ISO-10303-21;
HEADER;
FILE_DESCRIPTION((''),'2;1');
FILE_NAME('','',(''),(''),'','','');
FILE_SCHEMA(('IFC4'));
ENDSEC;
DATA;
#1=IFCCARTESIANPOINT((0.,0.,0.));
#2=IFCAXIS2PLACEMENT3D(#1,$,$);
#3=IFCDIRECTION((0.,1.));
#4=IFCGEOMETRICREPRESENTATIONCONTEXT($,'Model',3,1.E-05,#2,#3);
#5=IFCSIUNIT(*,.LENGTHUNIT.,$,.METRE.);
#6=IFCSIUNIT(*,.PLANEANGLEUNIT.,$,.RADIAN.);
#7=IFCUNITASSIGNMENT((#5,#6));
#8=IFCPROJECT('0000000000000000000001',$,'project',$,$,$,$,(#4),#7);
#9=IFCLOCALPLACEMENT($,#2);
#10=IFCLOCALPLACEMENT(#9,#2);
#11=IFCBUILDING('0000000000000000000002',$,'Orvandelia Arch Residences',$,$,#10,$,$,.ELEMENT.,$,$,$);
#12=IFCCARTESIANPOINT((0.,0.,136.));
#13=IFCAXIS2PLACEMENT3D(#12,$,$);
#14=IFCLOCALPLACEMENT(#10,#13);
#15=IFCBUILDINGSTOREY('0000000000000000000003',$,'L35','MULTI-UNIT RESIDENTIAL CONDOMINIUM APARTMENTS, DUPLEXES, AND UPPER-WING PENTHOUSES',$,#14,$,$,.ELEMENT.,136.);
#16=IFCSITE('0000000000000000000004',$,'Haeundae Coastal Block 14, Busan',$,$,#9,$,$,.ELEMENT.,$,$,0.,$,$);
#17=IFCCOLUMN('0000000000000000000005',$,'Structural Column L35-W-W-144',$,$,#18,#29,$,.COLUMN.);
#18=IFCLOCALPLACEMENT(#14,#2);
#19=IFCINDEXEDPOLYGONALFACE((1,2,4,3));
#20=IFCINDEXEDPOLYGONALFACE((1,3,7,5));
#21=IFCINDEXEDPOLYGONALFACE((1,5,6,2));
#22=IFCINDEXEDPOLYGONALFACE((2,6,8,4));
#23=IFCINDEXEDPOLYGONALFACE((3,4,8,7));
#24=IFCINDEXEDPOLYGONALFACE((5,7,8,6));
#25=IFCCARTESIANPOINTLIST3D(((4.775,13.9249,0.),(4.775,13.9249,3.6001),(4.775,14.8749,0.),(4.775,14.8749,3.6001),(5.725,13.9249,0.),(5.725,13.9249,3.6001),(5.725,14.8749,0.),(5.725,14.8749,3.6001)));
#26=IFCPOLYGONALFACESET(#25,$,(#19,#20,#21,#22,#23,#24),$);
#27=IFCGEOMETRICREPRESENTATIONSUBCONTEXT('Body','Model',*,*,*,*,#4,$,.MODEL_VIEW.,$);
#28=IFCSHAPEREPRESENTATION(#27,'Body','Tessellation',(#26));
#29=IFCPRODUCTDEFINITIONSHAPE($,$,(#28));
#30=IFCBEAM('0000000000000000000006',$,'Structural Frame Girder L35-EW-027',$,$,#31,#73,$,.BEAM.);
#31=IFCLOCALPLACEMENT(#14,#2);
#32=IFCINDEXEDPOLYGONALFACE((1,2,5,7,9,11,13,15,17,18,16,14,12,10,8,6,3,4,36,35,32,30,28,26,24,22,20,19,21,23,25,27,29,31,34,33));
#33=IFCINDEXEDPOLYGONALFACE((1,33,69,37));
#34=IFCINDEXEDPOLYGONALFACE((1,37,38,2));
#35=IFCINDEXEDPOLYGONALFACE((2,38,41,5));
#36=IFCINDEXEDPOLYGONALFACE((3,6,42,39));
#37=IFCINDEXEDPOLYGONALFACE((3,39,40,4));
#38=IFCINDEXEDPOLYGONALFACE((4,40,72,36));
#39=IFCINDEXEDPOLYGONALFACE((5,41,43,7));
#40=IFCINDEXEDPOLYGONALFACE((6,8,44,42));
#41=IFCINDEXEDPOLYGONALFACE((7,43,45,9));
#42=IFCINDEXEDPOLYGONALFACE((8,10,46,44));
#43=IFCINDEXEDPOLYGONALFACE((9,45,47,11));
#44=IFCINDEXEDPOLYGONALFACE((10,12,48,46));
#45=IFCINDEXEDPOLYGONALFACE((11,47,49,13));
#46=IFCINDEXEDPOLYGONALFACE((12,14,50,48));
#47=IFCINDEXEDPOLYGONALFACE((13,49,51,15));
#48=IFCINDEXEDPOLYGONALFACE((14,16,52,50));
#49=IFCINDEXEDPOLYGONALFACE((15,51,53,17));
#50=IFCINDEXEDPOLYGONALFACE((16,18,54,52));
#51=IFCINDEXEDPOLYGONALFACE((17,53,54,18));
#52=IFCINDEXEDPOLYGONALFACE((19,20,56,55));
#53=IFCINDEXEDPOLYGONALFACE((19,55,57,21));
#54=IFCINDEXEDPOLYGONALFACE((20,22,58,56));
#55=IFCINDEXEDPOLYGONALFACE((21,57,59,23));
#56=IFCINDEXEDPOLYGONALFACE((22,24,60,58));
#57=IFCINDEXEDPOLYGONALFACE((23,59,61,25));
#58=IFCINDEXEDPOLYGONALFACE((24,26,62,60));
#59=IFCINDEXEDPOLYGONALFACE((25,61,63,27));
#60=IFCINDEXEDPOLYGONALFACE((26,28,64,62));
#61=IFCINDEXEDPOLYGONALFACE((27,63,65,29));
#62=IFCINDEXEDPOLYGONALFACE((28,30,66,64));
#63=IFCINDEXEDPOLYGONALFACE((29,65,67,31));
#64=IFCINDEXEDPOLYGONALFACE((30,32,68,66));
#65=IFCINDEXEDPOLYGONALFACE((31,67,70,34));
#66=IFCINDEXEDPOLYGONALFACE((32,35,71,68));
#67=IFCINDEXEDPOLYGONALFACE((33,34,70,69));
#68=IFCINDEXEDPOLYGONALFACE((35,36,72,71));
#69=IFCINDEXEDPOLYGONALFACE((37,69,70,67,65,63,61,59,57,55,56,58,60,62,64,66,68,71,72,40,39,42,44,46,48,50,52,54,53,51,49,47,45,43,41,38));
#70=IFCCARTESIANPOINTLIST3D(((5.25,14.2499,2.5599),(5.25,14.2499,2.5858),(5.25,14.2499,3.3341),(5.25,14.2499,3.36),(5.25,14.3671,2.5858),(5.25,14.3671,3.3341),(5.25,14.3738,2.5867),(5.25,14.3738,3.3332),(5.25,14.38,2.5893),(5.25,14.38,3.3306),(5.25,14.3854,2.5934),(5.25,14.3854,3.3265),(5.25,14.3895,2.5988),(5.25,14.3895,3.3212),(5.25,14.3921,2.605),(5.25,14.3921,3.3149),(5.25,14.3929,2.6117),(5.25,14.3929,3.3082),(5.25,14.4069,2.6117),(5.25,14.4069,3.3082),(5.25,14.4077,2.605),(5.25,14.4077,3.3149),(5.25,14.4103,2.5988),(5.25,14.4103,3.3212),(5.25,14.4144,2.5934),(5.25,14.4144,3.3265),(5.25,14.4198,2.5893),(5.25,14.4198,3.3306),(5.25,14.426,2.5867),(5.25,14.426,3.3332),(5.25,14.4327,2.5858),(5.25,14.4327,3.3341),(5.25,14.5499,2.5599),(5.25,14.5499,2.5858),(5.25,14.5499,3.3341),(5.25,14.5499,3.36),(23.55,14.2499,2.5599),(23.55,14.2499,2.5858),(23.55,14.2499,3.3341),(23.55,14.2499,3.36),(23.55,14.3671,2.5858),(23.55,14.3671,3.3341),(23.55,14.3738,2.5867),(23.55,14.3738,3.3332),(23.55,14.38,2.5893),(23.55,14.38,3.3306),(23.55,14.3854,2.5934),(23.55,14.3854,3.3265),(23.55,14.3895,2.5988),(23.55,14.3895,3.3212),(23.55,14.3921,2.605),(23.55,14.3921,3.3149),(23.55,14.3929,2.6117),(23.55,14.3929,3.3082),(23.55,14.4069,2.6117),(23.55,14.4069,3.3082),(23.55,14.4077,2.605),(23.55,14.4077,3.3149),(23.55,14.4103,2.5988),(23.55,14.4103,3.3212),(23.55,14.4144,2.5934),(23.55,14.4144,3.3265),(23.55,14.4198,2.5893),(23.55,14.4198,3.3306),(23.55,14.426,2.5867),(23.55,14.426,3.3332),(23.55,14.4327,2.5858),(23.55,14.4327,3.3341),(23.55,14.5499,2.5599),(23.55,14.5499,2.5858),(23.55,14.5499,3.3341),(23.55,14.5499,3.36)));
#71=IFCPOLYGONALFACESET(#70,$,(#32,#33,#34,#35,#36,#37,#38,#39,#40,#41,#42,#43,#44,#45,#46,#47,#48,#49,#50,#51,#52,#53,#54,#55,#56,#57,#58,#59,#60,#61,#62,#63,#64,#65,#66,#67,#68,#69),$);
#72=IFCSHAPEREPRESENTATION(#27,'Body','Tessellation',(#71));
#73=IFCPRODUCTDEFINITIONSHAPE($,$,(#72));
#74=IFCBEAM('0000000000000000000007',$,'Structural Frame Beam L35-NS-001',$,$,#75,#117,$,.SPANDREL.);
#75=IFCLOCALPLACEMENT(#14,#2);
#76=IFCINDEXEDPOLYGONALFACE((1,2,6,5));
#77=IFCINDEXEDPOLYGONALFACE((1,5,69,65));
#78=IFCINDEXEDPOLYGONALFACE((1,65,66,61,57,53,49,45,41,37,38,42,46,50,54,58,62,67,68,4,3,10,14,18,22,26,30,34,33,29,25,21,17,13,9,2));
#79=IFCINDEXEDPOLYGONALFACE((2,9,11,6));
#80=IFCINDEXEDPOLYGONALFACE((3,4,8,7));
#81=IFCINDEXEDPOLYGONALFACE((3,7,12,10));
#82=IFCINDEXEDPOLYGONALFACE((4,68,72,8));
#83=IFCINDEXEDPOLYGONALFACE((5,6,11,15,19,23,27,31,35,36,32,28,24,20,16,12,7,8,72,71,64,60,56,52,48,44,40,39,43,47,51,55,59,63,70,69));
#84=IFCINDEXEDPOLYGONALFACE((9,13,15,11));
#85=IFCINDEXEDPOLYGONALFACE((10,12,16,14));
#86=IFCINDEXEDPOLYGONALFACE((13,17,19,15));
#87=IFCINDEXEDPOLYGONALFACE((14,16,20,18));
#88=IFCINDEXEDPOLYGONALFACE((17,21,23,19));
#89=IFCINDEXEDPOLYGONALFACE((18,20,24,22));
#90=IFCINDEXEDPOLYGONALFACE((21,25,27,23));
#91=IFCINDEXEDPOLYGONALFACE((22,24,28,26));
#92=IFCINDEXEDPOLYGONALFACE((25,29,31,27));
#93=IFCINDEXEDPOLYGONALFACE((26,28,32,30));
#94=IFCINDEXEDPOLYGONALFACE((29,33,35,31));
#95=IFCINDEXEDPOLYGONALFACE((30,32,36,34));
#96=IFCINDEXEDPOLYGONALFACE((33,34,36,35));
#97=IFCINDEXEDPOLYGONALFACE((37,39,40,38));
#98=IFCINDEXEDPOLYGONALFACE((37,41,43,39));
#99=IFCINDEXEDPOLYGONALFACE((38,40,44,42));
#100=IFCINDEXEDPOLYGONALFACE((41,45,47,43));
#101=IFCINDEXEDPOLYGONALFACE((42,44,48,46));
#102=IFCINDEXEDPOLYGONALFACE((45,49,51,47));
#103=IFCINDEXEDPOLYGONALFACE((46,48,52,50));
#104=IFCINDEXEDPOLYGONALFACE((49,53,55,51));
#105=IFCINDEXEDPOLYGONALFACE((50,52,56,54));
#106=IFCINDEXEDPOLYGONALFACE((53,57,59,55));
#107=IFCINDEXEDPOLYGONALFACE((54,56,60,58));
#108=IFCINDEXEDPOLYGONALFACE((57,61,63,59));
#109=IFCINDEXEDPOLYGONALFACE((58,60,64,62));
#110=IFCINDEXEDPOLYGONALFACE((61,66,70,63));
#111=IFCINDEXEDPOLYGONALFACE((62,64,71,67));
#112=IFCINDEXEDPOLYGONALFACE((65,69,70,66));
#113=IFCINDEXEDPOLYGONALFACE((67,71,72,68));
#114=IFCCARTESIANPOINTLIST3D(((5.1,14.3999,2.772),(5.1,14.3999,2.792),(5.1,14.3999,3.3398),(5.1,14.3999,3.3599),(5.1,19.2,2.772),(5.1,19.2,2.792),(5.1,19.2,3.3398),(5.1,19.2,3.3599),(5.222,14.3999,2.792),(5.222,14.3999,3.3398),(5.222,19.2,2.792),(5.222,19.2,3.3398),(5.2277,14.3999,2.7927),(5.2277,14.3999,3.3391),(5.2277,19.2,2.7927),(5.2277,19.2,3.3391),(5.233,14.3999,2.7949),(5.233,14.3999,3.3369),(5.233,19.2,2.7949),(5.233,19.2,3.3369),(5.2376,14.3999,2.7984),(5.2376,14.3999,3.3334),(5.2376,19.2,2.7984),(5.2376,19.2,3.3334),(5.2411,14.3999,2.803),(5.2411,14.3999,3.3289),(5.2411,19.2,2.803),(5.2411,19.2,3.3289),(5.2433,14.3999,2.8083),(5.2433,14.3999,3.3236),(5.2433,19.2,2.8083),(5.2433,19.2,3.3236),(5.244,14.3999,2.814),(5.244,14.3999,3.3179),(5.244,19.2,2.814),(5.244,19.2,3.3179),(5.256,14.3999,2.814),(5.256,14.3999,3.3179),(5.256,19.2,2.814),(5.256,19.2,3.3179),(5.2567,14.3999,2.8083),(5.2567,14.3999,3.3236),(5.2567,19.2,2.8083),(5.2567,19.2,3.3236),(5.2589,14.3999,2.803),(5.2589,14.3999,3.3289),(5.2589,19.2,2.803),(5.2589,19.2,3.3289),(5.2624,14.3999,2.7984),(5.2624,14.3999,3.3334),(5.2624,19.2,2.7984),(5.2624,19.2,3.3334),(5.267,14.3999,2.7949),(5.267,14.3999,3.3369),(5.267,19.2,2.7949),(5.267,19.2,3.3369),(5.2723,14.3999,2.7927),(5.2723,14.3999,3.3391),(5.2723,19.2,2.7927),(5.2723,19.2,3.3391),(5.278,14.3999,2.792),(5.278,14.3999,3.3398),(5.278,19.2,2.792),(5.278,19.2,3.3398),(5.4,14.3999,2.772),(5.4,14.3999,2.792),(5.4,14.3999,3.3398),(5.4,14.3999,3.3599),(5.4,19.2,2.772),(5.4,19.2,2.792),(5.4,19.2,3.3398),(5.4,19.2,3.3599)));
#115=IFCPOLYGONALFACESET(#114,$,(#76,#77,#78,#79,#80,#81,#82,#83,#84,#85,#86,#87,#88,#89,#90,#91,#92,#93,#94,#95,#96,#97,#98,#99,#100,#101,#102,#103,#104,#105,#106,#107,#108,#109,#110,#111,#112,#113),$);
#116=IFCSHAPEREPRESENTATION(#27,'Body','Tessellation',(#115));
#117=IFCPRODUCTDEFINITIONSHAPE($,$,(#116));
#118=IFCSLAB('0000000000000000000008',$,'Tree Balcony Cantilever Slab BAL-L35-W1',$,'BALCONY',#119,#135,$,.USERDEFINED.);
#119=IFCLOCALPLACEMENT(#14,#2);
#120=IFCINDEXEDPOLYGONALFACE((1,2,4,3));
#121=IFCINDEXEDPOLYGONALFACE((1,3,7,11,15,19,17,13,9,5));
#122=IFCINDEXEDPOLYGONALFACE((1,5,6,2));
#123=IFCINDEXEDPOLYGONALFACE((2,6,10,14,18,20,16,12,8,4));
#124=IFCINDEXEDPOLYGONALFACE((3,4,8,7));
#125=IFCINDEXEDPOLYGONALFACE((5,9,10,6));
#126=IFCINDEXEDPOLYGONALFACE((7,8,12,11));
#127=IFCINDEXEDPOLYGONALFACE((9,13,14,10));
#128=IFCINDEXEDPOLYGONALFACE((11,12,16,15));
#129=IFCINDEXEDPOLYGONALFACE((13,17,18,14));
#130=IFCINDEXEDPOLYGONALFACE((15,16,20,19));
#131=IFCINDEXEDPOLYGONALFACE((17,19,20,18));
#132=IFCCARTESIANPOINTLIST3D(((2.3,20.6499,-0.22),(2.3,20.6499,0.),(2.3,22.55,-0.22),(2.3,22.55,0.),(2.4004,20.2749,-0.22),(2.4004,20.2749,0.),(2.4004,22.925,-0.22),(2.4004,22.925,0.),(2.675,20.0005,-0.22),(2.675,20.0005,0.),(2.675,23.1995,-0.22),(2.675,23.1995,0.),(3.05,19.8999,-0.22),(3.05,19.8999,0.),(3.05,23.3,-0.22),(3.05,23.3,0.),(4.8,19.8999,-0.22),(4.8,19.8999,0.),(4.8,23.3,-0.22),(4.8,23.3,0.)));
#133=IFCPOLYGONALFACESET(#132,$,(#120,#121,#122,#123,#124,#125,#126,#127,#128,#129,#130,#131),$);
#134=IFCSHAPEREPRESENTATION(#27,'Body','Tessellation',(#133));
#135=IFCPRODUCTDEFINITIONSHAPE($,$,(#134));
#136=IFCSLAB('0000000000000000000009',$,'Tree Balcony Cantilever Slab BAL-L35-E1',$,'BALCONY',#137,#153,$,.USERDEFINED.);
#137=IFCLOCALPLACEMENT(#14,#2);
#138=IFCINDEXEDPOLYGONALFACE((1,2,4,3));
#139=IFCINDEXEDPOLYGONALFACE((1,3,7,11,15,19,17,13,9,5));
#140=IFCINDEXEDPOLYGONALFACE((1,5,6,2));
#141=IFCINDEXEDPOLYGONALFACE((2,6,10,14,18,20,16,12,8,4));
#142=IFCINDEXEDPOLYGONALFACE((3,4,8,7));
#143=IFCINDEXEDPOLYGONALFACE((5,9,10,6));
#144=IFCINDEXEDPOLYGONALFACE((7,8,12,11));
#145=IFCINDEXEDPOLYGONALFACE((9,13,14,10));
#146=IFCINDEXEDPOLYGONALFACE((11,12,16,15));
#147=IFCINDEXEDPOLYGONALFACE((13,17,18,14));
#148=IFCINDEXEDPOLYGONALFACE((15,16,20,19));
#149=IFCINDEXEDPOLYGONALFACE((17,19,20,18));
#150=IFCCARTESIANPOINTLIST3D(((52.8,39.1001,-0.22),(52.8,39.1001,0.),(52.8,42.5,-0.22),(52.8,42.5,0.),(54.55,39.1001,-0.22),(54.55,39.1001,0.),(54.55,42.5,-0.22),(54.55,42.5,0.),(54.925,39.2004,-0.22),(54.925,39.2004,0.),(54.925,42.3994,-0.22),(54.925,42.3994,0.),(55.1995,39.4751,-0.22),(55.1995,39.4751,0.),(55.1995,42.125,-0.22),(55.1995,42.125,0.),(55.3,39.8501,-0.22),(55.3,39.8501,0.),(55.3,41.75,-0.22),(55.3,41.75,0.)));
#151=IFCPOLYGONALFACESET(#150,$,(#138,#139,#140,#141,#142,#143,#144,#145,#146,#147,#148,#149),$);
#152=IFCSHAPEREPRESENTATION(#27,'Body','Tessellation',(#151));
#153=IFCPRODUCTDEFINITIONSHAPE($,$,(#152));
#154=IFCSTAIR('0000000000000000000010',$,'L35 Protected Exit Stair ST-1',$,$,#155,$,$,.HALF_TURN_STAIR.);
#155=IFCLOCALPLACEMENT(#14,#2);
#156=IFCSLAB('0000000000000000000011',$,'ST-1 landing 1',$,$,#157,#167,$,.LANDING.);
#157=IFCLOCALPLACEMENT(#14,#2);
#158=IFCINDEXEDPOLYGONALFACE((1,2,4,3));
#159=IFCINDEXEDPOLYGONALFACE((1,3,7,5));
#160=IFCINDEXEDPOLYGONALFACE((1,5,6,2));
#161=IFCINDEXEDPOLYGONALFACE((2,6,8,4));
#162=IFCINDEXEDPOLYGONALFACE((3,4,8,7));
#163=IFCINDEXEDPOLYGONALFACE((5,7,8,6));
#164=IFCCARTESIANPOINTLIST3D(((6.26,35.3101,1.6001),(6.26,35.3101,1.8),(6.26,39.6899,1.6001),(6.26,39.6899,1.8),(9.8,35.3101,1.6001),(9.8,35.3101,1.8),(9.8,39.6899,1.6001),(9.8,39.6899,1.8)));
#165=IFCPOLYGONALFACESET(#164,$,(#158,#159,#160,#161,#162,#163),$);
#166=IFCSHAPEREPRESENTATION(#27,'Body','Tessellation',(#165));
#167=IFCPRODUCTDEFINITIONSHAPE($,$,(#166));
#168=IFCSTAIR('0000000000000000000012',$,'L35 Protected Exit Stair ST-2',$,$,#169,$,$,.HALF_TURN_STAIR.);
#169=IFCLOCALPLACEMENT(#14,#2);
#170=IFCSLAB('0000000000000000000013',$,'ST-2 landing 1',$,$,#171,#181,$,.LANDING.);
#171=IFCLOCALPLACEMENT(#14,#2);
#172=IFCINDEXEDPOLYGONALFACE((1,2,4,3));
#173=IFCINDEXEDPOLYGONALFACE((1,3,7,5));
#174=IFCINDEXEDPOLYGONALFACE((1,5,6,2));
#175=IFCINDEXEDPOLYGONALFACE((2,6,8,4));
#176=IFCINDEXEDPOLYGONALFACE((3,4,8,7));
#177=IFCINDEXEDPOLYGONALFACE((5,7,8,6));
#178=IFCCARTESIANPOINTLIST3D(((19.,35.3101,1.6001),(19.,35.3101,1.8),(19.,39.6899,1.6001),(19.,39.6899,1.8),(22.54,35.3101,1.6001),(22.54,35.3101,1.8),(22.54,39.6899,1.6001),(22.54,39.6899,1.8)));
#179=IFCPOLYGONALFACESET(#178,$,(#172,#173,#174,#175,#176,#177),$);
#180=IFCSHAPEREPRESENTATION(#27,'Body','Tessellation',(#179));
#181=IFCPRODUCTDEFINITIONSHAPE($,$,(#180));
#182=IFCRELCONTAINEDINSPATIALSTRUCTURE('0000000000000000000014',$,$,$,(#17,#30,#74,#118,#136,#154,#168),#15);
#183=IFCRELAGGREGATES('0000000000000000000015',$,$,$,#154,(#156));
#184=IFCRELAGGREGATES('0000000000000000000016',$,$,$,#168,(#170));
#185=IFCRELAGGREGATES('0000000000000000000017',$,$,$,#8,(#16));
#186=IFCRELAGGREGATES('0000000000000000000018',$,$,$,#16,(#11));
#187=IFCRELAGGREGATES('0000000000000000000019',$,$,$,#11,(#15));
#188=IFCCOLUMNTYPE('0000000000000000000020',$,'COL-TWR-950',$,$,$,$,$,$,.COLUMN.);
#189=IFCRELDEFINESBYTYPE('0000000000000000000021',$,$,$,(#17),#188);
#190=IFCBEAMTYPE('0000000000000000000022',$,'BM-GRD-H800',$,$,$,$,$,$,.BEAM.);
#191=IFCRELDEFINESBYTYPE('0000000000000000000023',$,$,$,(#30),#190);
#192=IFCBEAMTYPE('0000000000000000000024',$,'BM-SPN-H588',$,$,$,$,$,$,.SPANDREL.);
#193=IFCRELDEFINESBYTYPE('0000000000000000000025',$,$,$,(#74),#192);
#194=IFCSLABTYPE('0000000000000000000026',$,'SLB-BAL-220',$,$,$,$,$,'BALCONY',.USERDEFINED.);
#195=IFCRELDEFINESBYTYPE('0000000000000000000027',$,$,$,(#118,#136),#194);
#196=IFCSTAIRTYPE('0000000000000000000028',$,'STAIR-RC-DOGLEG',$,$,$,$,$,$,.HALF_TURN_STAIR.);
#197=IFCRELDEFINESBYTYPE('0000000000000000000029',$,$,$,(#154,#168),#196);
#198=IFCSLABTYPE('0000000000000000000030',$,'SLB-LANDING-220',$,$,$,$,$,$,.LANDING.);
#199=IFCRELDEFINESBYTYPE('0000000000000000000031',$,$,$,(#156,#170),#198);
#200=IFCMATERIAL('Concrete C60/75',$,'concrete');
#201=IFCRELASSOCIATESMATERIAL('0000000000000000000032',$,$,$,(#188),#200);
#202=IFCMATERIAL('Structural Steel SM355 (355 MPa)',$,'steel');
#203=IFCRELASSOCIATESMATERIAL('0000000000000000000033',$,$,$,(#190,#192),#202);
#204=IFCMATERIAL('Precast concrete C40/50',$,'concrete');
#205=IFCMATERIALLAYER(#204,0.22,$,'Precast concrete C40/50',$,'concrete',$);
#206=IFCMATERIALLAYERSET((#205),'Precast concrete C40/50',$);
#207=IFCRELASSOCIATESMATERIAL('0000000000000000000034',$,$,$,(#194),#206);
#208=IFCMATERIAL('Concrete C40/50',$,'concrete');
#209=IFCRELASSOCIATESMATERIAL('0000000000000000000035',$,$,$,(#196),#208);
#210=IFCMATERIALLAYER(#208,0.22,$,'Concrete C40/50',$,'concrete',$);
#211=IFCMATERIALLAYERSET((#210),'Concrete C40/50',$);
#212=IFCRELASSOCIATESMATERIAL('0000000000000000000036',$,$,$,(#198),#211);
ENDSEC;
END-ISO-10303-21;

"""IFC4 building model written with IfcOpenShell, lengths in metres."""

from ifc_helpers import new_model, si_unit, direction, frame, origin, origin_2d, place, context, subcontext, project, spatial, polyline, rectangle, i_section, outline, extrude, material, layer, layer_set, material_profile, profile_set, type_object, element, aggregate, save


model = new_model("IFC4")

# Units and contexts
model_context = context("Model", 3, precision=1e-05, world=origin(), true_north=direction((0.0, 1.0)))
body_context = subcontext(model_context, "Body", "Model", "MODEL_VIEW")
ifc_project = project(units=[si_unit("LENGTHUNIT", "METRE"), si_unit("PLANEANGLEUNIT", "RADIAN")], contexts=[model_context])

# Site, building, storey
site_placement = place(None, origin())
site = spatial("IfcSite", under=ifc_project, at=site_placement, Name="Haeundae Coastal Block 14, Busan", CompositionType="ELEMENT", RefElevation=0.0)
building_placement = place(site_placement, origin())
building = spatial("IfcBuilding", under=site, at=building_placement, Name="Orvandelia Arch Residences", CompositionType="ELEMENT")
storey_placement = place(building_placement, frame((0.0, 0.0, 136.0)))
storey = spatial("IfcBuildingStorey", under=building, at=storey_placement, Name="L35", Description="MULTI-UNIT RESIDENTIAL CONDOMINIUM APARTMENTS, DUPLEXES, AND UPPER-WING PENTHOUSES", CompositionType="ELEMENT", Elevation=136.0)

# Column
ifc_material_1 = material(Name="Concrete C60/75", Category="concrete")
ifc_material_profile_1 = material_profile(ifc_material_1, rectangle(XDim=0.95, YDim=0.95, at=origin_2d()), Name="Concrete C60/75", Category="concrete")
ifc_profile_set_1 = profile_set([ifc_material_profile_1], Name="Concrete C60/75")
column_type = type_object("IfcColumnType", Name="COL-TWR-950", PredefinedType="COLUMN", material=ifc_profile_set_1)
column_placement = place(storey_placement, frame((5.25, 14.3999, 0.0), z_axis=(0.0, 0.0, 1.0), x_axis=(1.0, 0.0, 0.0)))
element("IfcColumn", 1, at=column_placement, inside=storey, type_object=column_type, Name="Structural Column L35-W-W-144", PredefinedType="COLUMN", context=body_context, shape_type="SweptSolid", body=[
    extrude(rectangle(XDim=0.95, YDim=0.95, at=origin_2d()), origin(), (0.0, 0.0, 1.0), 3.6001),
])

# Beams
ifc_material_2 = material(Name="Structural Steel SM355 (355 MPa)", Category="steel")
ifc_material_profile_2 = material_profile(ifc_material_2, i_section(OverallWidth=0.3, OverallDepth=0.8, WebThickness=0.0139, FlangeThickness=0.0259, FilletRadius=0.0259, at=origin_2d()), Name="Structural Steel SM355 (355 MPa)", Category="steel")
ifc_profile_set_2 = profile_set([ifc_material_profile_2], Name="Structural Steel SM355 (355 MPa)")
beam_type_1 = type_object("IfcBeamType", Name="BM-GRD-H800", PredefinedType="BEAM", material=ifc_profile_set_2)
beam_1_placement = place(storey_placement, frame((5.25, 14.3999, 2.96), z_axis=(1.0, 0.0, 0.0), x_axis=(0.0, 1.0, 0.0)))
element("IfcBeam", 2, at=beam_1_placement, inside=storey, type_object=beam_type_1, Name="Structural Frame Girder L35-EW-027", PredefinedType="BEAM", context=body_context, shape_type="SweptSolid", body=[
    extrude(i_section(OverallWidth=0.3, OverallDepth=0.8, WebThickness=0.0139, FlangeThickness=0.0259, FilletRadius=0.0259, at=origin_2d()), origin(), (0.0, 0.0, 1.0), 18.3),
])
ifc_material_profile_3 = material_profile(ifc_material_2, i_section(OverallWidth=0.3, OverallDepth=0.5879, WebThickness=0.012, FlangeThickness=0.02, FilletRadius=0.022, at=origin_2d()), Name="Structural Steel SM355 (355 MPa)", Category="steel")
ifc_profile_set_3 = profile_set([ifc_material_profile_3], Name="Structural Steel SM355 (355 MPa)")
beam_type_2 = type_object("IfcBeamType", Name="BM-SPN-H588", PredefinedType="SPANDREL", material=ifc_profile_set_3)
beam_2_placement = place(storey_placement, frame((5.25, 14.3999, 3.0659), z_axis=(0.0, 1.0, 0.0), x_axis=(-1.0, 0.0, 0.0)))
element("IfcBeam", 3, at=beam_2_placement, inside=storey, type_object=beam_type_2, Name="Structural Frame Beam L35-NS-001", PredefinedType="SPANDREL", context=body_context, shape_type="SweptSolid", body=[
    extrude(i_section(OverallWidth=0.3, OverallDepth=0.5879, WebThickness=0.012, FlangeThickness=0.02, FilletRadius=0.022, at=origin_2d()), origin(), (0.0, 0.0, 1.0), 4.8),
])

# Slabs
ifc_material_3 = material(Name="Precast concrete C40/50", Category="concrete")
ifc_layer_1 = layer(ifc_material_3, 0.22, Name="Precast concrete C40/50", Category="concrete")
ifc_layer_set_1 = layer_set([ifc_layer_1], Name="Precast concrete C40/50")
slab_type_1 = type_object("IfcSlabType", Name="SLB-BAL-220", ElementType="BALCONY", PredefinedType="USERDEFINED", material=ifc_layer_set_1)
slab_1_placement = place(storey_placement, frame((0.0, 0.0, -0.22)))
element("IfcSlab", 4, at=slab_1_placement, inside=storey, type_object=slab_type_1, Name="Tree Balcony Cantilever Slab BAL-L35-W1", ObjectType="BALCONY", PredefinedType="USERDEFINED", context=body_context, shape_type="SweptSolid", body=[
    extrude(outline(polyline([(4.8, 19.8999), (4.8, 23.3), (3.05, 23.3), (2.675, 23.1995), (2.4004, 22.925), (2.3, 22.55), (2.3, 20.6499), (2.4004, 20.2749), (2.675, 20.0005), (3.05, 19.8999), (4.8, 19.8999)])), origin(), (0.0, 0.0, 1.0), 0.22),
])
slab_2_placement = place(storey_placement, frame((0.0, 0.0, -0.22)))
element("IfcSlab", 5, at=slab_2_placement, inside=storey, type_object=slab_type_1, Name="Tree Balcony Cantilever Slab BAL-L35-E1", ObjectType="BALCONY", PredefinedType="USERDEFINED", context=body_context, shape_type="SweptSolid", body=[
    extrude(outline(polyline([(52.8, 42.5), (52.8, 39.1001), (54.55, 39.1001), (54.925, 39.2004), (55.1995, 39.4751), (55.3, 39.8501), (55.3, 41.75), (55.1995, 42.125), (54.925, 42.3994), (54.55, 42.5), (52.8, 42.5)])), origin(), (0.0, 0.0, 1.0), 0.22),
])

# Stairs, slabs
ifc_material_4 = material(Name="Concrete C40/50", Category="concrete")
stair_type = type_object("IfcStairType", Name="STAIR-RC-DOGLEG", PredefinedType="HALF_TURN_STAIR", material=ifc_material_4)
stair_1_placement = place(storey_placement, origin())
stair_1 = element("IfcStair", 6, at=stair_1_placement, inside=storey, type_object=stair_type, Name="L35 Protected Exit Stair ST-1", PredefinedType="HALF_TURN_STAIR")
ifc_layer_2 = layer(ifc_material_4, 0.22, Name="Concrete C40/50", Category="concrete")
ifc_layer_set_2 = layer_set([ifc_layer_2], Name="Concrete C40/50")
slab_type_2 = type_object("IfcSlabType", Name="SLB-LANDING-220", PredefinedType="LANDING", material=ifc_layer_set_2)
slab_3_placement = place(storey_placement, frame((0.0, 0.0, 1.6001)))
slab_3 = element("IfcSlab", 7, at=slab_3_placement, type_object=slab_type_2, Name="ST-1 landing 1", PredefinedType="LANDING", context=body_context, shape_type="SweptSolid", body=[
    extrude(outline(polyline([(9.8, 35.3101), (9.8, 39.6899), (6.26, 39.6899), (6.26, 35.3101), (9.8, 35.3101)])), origin(), (0.0, 0.0, 1.0), 0.2),
])
aggregate(stair_1, [slab_3])
stair_2_placement = place(storey_placement, origin())
stair_2 = element("IfcStair", 8, at=stair_2_placement, inside=storey, type_object=stair_type, Name="L35 Protected Exit Stair ST-2", PredefinedType="HALF_TURN_STAIR")
slab_4_placement = place(storey_placement, frame((0.0, 0.0, 1.6001)))
slab_4 = element("IfcSlab", 9, at=slab_4_placement, type_object=slab_type_2, Name="ST-2 landing 1", PredefinedType="LANDING", context=body_context, shape_type="SweptSolid", body=[
    extrude(outline(polyline([(22.54, 35.3101), (22.54, 39.6899), (19.0, 39.6899), (19.0, 35.3101), (22.54, 35.3101)])), origin(), (0.0, 0.0, 1.0), 0.2),
])
aggregate(stair_2, [slab_4])

save(model, "model.ifc")
